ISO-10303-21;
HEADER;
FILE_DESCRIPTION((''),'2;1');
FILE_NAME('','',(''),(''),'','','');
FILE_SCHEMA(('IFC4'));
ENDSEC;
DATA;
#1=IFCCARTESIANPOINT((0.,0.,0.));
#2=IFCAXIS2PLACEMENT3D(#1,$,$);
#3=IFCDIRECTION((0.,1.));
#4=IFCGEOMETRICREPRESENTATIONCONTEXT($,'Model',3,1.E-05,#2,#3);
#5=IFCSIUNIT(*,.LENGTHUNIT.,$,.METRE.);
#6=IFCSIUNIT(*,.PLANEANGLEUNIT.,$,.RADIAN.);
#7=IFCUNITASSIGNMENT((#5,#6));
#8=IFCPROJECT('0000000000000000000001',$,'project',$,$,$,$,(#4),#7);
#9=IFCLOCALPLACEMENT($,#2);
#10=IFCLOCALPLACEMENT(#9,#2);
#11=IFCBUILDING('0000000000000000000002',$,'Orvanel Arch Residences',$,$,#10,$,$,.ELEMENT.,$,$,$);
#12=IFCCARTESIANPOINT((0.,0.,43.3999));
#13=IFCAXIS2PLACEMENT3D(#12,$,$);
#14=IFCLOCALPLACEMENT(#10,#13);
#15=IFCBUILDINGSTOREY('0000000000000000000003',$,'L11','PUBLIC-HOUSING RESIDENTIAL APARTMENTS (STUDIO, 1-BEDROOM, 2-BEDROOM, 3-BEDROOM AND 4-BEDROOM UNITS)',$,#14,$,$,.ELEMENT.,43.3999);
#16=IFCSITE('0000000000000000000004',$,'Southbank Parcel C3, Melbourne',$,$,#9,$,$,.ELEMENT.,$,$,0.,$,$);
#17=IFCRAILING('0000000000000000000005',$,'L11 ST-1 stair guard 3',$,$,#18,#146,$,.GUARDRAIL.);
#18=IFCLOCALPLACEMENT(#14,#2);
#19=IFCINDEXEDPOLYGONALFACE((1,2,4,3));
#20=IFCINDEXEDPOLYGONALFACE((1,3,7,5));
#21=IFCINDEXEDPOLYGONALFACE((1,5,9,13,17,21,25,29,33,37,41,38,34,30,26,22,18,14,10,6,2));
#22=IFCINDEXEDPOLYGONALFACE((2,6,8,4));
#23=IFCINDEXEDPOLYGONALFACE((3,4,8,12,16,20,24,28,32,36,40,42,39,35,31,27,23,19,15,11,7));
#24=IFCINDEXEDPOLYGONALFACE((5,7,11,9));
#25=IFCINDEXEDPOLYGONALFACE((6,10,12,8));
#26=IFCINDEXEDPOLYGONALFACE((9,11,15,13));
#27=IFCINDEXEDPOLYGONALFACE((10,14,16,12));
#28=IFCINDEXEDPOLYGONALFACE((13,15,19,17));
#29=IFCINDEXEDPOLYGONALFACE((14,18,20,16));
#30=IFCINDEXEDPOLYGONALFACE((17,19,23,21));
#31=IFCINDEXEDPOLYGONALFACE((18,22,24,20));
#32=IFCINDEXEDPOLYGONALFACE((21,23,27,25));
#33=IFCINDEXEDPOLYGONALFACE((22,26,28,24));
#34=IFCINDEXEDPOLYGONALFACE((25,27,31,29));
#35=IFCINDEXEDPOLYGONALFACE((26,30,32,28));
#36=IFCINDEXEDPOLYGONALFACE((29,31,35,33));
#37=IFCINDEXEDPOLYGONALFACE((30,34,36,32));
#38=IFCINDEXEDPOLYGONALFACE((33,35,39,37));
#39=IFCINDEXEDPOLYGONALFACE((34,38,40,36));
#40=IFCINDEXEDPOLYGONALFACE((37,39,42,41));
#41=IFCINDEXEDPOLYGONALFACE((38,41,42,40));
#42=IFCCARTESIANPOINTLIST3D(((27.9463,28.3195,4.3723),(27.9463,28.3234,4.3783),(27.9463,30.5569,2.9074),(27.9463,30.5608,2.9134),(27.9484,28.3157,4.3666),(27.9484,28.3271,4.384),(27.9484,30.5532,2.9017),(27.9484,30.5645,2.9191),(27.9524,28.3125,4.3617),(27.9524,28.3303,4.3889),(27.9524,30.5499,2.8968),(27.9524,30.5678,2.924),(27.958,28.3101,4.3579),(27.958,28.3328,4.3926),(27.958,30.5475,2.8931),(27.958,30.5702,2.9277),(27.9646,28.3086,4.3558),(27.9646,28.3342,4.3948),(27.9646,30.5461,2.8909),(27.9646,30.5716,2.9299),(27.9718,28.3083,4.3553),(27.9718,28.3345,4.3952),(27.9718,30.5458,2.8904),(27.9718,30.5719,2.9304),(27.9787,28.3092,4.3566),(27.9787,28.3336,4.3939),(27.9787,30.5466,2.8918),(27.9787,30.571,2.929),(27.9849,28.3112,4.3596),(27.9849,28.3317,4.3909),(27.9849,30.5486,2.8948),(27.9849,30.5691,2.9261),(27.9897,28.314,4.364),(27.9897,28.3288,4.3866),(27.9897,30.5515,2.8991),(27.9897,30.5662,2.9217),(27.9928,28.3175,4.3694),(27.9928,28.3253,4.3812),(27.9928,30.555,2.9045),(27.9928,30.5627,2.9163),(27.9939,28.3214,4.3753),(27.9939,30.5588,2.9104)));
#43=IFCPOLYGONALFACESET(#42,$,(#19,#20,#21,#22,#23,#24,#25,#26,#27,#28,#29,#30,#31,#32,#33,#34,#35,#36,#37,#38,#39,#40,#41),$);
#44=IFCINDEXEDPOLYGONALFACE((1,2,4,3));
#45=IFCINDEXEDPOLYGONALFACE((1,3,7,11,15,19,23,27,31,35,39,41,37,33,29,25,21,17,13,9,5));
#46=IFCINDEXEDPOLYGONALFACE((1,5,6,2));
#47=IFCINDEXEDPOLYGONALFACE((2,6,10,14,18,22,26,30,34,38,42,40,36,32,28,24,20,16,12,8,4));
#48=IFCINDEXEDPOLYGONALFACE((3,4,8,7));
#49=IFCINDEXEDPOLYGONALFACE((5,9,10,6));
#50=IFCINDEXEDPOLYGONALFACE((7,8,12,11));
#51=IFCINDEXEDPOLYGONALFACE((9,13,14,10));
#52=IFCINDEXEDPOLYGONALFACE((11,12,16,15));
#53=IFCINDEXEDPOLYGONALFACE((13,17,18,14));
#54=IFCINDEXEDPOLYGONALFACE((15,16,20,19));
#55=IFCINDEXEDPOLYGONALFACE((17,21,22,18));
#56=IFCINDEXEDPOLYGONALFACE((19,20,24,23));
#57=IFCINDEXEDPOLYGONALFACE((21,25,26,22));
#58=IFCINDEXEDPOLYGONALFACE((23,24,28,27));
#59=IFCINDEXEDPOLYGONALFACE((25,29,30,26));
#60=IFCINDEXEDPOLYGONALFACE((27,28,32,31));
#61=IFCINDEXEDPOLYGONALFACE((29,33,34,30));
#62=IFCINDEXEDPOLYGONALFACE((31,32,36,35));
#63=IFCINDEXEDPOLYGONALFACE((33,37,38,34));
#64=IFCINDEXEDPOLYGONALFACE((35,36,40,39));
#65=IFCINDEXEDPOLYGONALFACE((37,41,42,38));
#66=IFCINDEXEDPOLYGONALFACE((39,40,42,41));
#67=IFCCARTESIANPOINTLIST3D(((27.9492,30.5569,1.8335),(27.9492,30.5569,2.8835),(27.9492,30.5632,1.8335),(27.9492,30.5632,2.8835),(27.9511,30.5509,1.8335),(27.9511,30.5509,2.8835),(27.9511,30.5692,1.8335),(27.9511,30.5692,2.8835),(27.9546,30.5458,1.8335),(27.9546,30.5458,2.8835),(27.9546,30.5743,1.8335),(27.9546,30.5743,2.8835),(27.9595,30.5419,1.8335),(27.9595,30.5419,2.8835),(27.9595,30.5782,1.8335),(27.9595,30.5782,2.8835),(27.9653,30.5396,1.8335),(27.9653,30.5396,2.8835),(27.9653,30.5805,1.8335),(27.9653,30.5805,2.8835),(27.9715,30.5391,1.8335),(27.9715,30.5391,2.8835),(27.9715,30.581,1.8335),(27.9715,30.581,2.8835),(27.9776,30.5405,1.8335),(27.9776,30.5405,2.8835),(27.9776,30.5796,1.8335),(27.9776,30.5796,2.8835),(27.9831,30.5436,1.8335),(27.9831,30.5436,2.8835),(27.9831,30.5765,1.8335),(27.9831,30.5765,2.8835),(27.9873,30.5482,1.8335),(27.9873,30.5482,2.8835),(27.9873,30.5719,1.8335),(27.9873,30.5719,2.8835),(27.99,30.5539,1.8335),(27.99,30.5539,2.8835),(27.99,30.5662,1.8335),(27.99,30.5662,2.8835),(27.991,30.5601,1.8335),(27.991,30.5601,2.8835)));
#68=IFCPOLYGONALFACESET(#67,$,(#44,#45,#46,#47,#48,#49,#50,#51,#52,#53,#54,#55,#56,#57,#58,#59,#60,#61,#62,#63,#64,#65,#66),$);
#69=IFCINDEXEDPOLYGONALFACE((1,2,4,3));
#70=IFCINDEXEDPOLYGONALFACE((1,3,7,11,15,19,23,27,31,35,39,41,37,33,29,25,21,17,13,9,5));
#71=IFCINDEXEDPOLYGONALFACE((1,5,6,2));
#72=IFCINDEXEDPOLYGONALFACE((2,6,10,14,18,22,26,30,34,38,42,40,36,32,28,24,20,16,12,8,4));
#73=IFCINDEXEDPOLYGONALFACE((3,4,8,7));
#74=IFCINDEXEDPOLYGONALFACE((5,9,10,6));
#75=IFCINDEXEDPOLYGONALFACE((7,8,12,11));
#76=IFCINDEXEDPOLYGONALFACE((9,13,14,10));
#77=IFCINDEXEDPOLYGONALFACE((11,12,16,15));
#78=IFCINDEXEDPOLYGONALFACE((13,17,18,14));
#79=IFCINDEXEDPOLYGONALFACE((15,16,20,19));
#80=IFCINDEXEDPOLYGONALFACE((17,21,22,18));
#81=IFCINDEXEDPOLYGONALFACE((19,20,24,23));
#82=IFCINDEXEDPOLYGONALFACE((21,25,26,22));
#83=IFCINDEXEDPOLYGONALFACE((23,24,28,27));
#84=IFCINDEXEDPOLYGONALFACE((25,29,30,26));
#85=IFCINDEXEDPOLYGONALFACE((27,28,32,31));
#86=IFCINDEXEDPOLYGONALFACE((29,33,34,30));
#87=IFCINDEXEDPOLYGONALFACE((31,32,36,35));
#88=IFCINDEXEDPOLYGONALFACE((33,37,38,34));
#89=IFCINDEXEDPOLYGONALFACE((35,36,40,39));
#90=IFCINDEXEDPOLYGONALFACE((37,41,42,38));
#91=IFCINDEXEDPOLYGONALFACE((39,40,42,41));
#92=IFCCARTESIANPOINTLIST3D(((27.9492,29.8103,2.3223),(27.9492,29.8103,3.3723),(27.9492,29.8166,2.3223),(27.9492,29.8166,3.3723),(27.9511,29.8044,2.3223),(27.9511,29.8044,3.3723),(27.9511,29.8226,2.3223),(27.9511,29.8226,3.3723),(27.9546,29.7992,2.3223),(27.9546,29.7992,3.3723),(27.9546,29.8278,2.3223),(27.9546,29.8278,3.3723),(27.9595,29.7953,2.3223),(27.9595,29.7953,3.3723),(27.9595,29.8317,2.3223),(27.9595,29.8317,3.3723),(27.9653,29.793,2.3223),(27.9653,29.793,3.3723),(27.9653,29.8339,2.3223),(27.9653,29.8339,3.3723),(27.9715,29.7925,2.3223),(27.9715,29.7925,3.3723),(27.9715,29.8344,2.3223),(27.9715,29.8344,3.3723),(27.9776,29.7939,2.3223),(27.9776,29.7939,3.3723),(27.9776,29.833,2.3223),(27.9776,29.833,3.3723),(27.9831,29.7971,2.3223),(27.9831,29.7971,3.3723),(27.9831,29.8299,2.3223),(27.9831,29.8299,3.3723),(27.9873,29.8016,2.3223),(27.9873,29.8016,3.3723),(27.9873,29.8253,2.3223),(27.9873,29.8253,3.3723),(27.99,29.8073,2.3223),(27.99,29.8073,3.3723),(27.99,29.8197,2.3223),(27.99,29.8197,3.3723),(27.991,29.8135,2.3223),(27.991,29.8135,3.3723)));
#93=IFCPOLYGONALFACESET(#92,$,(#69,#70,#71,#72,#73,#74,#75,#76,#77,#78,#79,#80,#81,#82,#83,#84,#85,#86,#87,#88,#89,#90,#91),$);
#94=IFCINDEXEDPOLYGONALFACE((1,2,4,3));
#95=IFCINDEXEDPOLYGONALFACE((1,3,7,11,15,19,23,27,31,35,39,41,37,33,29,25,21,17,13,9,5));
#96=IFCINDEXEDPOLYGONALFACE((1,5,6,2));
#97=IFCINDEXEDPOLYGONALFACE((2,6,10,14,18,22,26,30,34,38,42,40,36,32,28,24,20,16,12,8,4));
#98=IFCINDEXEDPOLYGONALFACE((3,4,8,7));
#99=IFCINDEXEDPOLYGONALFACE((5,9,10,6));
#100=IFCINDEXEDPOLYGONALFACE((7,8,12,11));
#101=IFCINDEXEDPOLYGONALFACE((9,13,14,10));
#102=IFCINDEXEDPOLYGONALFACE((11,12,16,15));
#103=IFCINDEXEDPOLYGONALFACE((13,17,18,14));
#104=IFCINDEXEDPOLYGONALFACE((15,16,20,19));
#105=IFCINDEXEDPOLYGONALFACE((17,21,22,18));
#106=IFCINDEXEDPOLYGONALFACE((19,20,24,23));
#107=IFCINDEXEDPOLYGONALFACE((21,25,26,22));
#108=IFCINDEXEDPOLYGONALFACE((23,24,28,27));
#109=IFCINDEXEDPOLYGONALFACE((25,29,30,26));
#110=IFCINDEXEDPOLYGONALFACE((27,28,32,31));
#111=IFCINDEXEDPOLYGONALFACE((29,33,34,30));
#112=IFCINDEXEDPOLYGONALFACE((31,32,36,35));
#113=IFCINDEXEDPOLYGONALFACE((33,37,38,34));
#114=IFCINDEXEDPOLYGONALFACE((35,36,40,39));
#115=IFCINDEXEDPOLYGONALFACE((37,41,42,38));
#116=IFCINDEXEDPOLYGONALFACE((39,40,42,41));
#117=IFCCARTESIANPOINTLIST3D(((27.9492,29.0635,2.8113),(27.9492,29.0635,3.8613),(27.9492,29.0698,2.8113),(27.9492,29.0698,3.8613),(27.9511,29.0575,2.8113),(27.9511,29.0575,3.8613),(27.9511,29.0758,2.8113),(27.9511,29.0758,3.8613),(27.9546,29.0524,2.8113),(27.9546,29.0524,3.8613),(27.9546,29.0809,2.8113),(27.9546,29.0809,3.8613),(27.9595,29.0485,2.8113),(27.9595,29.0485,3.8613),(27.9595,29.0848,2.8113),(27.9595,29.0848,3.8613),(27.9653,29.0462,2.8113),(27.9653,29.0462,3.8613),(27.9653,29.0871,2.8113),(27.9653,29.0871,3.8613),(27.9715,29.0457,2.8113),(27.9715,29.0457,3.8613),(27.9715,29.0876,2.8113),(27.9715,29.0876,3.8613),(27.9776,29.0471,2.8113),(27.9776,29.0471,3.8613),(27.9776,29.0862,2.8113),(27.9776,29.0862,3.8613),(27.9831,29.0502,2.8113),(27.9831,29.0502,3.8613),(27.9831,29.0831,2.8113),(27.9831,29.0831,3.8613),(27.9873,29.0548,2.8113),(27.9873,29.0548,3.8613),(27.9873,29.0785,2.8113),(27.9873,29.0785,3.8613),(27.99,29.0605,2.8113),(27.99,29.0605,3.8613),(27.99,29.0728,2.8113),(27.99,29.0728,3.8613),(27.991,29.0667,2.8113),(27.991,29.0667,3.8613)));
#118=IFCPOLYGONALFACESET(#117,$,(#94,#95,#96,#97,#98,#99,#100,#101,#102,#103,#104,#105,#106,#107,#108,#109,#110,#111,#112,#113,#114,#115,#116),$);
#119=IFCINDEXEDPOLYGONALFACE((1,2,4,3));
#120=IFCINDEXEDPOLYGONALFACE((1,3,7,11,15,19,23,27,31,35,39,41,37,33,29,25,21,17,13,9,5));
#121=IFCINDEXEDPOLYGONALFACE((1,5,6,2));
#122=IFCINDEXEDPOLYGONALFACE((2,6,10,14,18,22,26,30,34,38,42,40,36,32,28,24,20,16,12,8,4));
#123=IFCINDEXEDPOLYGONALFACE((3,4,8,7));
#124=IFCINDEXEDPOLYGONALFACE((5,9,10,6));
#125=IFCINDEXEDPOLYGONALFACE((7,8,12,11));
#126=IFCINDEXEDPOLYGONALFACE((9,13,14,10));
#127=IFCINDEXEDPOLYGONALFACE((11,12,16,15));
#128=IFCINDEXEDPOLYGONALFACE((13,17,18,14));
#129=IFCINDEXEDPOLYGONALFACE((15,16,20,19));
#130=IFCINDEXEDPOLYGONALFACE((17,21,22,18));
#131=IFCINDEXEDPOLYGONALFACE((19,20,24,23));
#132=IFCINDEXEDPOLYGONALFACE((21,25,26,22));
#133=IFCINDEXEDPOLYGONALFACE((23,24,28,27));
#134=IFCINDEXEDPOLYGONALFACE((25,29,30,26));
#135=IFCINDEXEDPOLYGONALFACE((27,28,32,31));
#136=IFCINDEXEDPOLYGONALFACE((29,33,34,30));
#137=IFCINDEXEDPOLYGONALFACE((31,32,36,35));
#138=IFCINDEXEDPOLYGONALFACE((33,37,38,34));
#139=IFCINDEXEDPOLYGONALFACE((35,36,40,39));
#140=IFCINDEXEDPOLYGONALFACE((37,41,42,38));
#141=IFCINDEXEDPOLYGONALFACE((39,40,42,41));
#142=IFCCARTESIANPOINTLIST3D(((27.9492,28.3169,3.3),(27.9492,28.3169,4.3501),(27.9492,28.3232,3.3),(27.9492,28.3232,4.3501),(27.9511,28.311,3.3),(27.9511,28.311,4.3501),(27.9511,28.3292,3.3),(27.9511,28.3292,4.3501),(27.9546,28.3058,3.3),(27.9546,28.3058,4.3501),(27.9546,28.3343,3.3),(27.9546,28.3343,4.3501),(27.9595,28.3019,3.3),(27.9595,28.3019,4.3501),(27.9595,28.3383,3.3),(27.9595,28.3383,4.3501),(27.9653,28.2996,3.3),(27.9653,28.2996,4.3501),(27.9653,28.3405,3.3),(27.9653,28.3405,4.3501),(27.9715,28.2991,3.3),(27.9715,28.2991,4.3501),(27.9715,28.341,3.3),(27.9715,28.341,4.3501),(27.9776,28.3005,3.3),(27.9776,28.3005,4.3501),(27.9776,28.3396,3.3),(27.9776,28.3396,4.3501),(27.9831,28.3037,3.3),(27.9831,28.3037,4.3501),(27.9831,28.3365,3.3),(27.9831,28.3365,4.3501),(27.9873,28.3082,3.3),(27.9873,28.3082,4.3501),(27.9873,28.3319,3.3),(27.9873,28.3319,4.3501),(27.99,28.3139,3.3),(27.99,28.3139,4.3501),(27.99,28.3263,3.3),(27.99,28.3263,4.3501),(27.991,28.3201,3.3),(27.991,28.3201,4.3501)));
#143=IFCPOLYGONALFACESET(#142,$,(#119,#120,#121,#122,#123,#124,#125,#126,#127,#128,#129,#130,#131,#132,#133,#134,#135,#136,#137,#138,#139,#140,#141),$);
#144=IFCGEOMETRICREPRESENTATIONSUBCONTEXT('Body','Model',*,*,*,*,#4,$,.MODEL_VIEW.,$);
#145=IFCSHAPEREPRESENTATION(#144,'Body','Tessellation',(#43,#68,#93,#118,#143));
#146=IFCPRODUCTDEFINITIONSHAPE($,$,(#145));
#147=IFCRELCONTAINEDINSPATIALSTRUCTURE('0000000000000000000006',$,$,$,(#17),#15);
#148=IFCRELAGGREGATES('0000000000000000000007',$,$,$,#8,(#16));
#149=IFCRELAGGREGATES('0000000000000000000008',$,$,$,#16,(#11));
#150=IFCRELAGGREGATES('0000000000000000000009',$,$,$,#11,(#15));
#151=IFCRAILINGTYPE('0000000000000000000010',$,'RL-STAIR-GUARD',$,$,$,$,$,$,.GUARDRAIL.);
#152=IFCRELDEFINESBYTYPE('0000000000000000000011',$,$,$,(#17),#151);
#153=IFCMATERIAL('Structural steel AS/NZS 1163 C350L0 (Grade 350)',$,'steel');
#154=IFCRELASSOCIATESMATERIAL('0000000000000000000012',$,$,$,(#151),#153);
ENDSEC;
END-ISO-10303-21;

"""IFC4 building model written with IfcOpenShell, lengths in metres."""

from ifc_helpers import new_model, si_unit, direction, frame, origin, origin_2d, place, context, subcontext, project, spatial, circle, extrude, material, type_object, element, save


model = new_model("IFC4")

# Units and contexts
model_context = context("Model", 3, precision=1e-05, world=origin(), true_north=direction((0.0, 1.0)))
body_context = subcontext(model_context, "Body", "Model", "MODEL_VIEW")
ifc_project = project(units=[si_unit("LENGTHUNIT", "METRE"), si_unit("PLANEANGLEUNIT", "RADIAN")], contexts=[model_context])

# Site, building, storey
site_placement = place(None, origin())
site = spatial("IfcSite", under=ifc_project, at=site_placement, Name="Southbank Parcel C3, Melbourne", CompositionType="ELEMENT", RefElevation=0.0)
building_placement = place(site_placement, origin())
building = spatial("IfcBuilding", under=site, at=building_placement, Name="Orvanel Arch Residences", CompositionType="ELEMENT")
storey_placement = place(building_placement, frame((0.0, 0.0, 43.3999)))
storey = spatial("IfcBuildingStorey", under=building, at=storey_placement, Name="L11", Description="PUBLIC-HOUSING RESIDENTIAL APARTMENTS (STUDIO, 1-BEDROOM, 2-BEDROOM, 3-BEDROOM AND 4-BEDROOM UNITS)", CompositionType="ELEMENT", Elevation=43.3999)

# Railing
ifc_material_1 = material(Name="Structural steel AS/NZS 1163 C350L0 (Grade 350)", Category="steel")
railing_type_1 = type_object("IfcRailingType", Name="RL-STAIR-GUARD", PredefinedType="GUARDRAIL", material=ifc_material_1)
railing_1_placement = place(storey_placement, frame((27.97, 30.5601, 1.8335)))
element("IfcRailing", 1, at=railing_1_placement, inside=storey, type_object=railing_type_1, Name="L11 ST-1 stair guard 3", PredefinedType="GUARDRAIL", context=body_context, shape_type="SweptSolid", body=[
    extrude(circle(Radius=0.0239, at=origin_2d()), frame((0.0, -0.0012, 1.0769), z_axis=(0.0, -0.836637, 0.547758), x_axis=(1.0, 0.0, 0.0)), (0.0, 0.0, 1.0), 2.6743),
    extrude(circle(Radius=0.021, at=origin_2d()), origin(), (0.0, 0.0, 1.0), 1.05),
    extrude(circle(Radius=0.021, at=origin_2d()), frame((0.0, -0.7466, 0.4888)), (0.0, 0.0, 1.0), 1.05),
    extrude(circle(Radius=0.021, at=origin_2d()), frame((0.0, -1.4934, 0.9778)), (0.0, 0.0, 1.0), 1.05),
    extrude(circle(Radius=0.021, at=origin_2d()), frame((0.0, -2.24, 1.4666)), (0.0, 0.0, 1.0), 1.05),
])

save(model, "model.ifc")
